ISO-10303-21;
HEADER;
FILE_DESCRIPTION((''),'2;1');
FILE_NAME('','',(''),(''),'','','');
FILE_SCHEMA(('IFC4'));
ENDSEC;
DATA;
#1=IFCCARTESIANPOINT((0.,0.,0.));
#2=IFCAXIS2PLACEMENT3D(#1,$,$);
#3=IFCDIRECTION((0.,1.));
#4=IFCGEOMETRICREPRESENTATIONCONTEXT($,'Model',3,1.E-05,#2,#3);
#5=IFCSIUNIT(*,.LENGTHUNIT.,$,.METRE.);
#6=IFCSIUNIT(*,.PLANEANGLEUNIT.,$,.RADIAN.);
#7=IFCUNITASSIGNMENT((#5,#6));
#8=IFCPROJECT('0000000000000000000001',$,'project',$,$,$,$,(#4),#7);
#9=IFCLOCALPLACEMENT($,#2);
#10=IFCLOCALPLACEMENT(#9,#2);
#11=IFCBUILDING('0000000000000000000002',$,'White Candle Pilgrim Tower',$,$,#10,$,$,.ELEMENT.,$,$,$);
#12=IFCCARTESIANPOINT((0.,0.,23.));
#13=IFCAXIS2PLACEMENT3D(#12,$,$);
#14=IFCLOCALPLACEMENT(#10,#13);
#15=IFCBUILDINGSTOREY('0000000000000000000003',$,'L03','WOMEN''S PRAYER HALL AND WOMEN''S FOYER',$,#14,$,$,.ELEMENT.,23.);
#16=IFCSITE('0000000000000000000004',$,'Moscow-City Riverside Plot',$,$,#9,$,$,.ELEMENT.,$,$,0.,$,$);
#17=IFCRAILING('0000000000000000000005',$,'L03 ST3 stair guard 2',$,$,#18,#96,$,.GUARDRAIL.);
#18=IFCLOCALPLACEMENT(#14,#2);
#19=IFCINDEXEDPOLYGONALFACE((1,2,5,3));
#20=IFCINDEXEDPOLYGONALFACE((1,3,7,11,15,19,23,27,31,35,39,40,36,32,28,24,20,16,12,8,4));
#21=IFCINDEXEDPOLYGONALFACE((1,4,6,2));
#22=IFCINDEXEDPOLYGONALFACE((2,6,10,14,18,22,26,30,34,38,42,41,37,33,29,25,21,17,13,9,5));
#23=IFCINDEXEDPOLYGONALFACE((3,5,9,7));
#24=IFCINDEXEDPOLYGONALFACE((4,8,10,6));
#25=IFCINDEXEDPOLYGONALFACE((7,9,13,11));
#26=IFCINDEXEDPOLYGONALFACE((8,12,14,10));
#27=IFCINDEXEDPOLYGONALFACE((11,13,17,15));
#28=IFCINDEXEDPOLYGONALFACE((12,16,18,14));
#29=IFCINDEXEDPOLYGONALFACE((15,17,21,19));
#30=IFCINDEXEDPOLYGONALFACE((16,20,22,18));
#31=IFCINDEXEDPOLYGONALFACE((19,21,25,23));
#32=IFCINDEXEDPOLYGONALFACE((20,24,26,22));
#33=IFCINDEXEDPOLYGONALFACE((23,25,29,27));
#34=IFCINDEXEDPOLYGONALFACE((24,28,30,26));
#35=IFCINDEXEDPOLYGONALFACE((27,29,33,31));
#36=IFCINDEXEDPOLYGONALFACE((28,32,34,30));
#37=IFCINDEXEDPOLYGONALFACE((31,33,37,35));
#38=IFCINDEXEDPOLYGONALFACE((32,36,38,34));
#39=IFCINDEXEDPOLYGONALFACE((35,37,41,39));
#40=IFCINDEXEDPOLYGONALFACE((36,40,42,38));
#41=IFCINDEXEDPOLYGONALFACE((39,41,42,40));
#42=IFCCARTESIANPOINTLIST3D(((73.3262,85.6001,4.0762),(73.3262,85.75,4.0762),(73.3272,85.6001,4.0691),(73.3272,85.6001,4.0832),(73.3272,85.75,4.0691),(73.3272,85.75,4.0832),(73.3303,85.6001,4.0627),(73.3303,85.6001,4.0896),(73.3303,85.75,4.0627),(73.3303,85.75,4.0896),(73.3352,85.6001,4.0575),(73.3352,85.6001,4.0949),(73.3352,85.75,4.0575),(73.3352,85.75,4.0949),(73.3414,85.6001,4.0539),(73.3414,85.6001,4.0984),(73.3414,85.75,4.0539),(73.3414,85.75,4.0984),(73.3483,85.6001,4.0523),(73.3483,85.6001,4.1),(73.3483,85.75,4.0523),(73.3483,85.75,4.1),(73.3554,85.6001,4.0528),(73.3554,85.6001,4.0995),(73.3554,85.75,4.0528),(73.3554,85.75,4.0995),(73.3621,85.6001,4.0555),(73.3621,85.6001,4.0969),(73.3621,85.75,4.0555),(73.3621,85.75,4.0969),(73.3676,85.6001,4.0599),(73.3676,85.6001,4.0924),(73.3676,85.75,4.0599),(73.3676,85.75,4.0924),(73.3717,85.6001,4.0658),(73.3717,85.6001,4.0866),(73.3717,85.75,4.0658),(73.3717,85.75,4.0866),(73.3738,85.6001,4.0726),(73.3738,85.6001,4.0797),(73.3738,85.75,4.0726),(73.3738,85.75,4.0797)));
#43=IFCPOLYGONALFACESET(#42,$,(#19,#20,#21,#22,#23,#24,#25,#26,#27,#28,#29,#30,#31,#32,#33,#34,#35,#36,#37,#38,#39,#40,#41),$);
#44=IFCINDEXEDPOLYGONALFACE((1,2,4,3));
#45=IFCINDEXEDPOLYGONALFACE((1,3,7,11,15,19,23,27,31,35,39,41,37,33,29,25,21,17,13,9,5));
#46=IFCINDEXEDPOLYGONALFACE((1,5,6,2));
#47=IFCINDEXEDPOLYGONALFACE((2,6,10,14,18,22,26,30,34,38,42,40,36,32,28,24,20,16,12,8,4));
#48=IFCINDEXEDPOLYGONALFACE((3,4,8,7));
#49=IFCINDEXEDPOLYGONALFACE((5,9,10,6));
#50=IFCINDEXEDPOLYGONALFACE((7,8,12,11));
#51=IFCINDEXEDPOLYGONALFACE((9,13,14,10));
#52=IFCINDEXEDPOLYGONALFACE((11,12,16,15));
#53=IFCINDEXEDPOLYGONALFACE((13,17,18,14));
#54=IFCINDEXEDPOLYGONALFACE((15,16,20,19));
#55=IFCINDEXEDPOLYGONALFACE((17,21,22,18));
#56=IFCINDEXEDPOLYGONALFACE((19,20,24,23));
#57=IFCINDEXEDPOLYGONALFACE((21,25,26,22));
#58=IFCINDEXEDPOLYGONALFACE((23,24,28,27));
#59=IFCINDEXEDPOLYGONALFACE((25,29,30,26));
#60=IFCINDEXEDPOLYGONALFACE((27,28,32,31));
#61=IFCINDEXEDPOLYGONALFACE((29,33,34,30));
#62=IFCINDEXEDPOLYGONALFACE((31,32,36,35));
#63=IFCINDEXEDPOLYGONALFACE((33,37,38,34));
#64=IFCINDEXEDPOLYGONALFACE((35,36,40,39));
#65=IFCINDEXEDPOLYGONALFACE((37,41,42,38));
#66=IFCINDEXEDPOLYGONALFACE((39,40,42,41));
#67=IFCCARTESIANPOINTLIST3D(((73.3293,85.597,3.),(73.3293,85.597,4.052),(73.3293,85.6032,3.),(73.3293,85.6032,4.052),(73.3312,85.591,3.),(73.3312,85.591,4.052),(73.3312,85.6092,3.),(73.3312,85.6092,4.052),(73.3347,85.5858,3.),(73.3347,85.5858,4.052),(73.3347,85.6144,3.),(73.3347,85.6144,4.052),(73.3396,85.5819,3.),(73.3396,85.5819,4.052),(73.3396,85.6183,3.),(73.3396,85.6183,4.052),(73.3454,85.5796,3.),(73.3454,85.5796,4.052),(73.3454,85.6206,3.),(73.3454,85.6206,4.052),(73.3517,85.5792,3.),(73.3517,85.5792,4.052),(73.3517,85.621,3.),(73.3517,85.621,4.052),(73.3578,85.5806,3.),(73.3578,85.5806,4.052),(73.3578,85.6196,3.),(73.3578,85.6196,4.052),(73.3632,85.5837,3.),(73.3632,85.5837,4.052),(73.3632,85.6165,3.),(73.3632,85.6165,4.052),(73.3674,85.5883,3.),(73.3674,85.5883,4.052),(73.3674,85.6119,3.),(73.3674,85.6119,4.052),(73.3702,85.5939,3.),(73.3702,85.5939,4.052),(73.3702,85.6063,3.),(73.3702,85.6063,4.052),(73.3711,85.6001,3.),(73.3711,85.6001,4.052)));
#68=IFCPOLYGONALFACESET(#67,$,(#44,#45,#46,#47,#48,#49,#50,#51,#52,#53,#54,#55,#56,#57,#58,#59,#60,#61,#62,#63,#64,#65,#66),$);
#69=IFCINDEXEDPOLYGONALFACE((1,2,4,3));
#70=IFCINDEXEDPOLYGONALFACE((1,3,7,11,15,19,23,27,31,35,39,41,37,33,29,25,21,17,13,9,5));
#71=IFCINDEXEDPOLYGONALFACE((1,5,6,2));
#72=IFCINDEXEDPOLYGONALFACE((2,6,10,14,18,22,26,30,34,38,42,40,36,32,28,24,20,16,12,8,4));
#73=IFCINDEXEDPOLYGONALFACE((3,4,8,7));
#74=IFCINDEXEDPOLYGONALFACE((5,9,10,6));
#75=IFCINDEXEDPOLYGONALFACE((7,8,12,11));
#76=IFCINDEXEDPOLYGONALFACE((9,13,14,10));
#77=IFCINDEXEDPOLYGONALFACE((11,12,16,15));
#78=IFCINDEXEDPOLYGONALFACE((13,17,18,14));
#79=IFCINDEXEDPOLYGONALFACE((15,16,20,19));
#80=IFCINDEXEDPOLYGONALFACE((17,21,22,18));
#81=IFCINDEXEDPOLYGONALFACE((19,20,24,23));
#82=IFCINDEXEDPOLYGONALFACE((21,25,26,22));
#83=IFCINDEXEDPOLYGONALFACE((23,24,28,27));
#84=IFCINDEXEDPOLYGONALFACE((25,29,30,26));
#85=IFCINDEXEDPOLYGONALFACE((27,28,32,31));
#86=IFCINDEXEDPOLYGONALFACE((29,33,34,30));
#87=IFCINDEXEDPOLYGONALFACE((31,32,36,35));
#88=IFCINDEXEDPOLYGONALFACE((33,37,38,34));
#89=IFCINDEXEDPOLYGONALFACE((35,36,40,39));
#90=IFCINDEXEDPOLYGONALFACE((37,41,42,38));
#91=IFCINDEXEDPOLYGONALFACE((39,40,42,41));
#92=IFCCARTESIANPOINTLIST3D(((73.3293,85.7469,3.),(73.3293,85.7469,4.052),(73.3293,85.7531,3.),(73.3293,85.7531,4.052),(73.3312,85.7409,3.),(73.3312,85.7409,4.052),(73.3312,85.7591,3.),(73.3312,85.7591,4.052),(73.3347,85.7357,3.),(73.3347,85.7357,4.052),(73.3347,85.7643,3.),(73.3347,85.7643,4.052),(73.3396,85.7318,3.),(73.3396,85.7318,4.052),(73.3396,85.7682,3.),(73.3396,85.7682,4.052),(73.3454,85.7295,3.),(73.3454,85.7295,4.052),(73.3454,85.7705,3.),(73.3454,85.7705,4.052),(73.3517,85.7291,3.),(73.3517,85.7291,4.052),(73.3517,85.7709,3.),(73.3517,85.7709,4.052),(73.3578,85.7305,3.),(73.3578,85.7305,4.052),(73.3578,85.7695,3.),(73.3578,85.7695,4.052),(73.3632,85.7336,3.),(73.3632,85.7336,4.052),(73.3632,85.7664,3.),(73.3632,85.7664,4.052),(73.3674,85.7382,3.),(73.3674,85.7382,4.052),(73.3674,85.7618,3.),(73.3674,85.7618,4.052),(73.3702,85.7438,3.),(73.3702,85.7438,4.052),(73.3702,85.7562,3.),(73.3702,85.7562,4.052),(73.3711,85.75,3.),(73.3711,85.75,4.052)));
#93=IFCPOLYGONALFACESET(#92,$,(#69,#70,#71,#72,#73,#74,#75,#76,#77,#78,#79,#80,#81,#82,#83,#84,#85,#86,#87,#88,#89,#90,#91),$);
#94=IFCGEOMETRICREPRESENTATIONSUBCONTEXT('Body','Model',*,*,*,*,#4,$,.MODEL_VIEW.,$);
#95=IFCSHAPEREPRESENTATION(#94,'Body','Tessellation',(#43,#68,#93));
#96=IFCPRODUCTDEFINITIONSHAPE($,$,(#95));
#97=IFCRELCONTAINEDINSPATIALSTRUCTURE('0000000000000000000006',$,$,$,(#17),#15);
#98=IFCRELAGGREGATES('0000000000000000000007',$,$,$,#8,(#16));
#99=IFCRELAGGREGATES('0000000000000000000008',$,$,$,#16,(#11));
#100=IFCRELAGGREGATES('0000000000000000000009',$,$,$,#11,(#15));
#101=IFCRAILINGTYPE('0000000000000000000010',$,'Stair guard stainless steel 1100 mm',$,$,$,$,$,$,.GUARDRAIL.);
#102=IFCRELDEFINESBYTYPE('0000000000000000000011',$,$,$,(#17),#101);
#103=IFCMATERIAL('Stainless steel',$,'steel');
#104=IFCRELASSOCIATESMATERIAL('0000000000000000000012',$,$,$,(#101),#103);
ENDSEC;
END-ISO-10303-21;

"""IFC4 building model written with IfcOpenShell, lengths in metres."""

from ifc_helpers import new_model, si_unit, direction, frame, origin, origin_2d, place, context, subcontext, project, spatial, circle, extrude, material, type_object, element, save


model = new_model("IFC4")

# Units and contexts
model_context = context("Model", 3, precision=1e-05, world=origin(), true_north=direction((0.0, 1.0)))
body_context = subcontext(model_context, "Body", "Model", "MODEL_VIEW")
ifc_project = project(units=[si_unit("LENGTHUNIT", "METRE"), si_unit("PLANEANGLEUNIT", "RADIAN")], contexts=[model_context])

# Site, building, storey
site_placement = place(None, origin())
site = spatial("IfcSite", under=ifc_project, at=site_placement, Name="Moscow-City Riverside Plot", CompositionType="ELEMENT", RefElevation=0.0)
building_placement = place(site_placement, origin())
building = spatial("IfcBuilding", under=site, at=building_placement, Name="White Candle Pilgrim Tower", CompositionType="ELEMENT")
storey_placement = place(building_placement, frame((0.0, 0.0, 23.0)))
storey = spatial("IfcBuildingStorey", under=building, at=storey_placement, Name="L03", Description="WOMEN'S PRAYER HALL AND WOMEN'S FOYER", CompositionType="ELEMENT", Elevation=23.0)

# Railing
ifc_material_1 = material(Name="Stainless steel", Category="steel")
railing_type_1 = type_object("IfcRailingType", Name="Stair guard stainless steel 1100 mm", PredefinedType="GUARDRAIL", material=ifc_material_1)
railing_1_placement = place(storey_placement, frame((73.3501, 85.6001, 3.0)))
element("IfcRailing", 1, at=railing_1_placement, inside=storey, type_object=railing_type_1, Name="L03 ST3 stair guard 2", PredefinedType="GUARDRAIL", context=body_context, shape_type="SweptSolid", body=[
    extrude(circle(Radius=0.0239, at=origin_2d()), frame((0.0, 0.0, 1.0762), z_axis=(0.0, 1.0, 0.0), x_axis=(-1.0, 0.0, 0.0)), (0.0, 0.0, 1.0), 0.1499),
    extrude(circle(Radius=0.021, at=origin_2d()), origin(), (0.0, 0.0, 1.0), 1.052),
    extrude(circle(Radius=0.021, at=origin_2d()), frame((0.0, 0.1499, 0.0)), (0.0, 0.0, 1.0), 1.052),
])

save(model, "model.ifc")
